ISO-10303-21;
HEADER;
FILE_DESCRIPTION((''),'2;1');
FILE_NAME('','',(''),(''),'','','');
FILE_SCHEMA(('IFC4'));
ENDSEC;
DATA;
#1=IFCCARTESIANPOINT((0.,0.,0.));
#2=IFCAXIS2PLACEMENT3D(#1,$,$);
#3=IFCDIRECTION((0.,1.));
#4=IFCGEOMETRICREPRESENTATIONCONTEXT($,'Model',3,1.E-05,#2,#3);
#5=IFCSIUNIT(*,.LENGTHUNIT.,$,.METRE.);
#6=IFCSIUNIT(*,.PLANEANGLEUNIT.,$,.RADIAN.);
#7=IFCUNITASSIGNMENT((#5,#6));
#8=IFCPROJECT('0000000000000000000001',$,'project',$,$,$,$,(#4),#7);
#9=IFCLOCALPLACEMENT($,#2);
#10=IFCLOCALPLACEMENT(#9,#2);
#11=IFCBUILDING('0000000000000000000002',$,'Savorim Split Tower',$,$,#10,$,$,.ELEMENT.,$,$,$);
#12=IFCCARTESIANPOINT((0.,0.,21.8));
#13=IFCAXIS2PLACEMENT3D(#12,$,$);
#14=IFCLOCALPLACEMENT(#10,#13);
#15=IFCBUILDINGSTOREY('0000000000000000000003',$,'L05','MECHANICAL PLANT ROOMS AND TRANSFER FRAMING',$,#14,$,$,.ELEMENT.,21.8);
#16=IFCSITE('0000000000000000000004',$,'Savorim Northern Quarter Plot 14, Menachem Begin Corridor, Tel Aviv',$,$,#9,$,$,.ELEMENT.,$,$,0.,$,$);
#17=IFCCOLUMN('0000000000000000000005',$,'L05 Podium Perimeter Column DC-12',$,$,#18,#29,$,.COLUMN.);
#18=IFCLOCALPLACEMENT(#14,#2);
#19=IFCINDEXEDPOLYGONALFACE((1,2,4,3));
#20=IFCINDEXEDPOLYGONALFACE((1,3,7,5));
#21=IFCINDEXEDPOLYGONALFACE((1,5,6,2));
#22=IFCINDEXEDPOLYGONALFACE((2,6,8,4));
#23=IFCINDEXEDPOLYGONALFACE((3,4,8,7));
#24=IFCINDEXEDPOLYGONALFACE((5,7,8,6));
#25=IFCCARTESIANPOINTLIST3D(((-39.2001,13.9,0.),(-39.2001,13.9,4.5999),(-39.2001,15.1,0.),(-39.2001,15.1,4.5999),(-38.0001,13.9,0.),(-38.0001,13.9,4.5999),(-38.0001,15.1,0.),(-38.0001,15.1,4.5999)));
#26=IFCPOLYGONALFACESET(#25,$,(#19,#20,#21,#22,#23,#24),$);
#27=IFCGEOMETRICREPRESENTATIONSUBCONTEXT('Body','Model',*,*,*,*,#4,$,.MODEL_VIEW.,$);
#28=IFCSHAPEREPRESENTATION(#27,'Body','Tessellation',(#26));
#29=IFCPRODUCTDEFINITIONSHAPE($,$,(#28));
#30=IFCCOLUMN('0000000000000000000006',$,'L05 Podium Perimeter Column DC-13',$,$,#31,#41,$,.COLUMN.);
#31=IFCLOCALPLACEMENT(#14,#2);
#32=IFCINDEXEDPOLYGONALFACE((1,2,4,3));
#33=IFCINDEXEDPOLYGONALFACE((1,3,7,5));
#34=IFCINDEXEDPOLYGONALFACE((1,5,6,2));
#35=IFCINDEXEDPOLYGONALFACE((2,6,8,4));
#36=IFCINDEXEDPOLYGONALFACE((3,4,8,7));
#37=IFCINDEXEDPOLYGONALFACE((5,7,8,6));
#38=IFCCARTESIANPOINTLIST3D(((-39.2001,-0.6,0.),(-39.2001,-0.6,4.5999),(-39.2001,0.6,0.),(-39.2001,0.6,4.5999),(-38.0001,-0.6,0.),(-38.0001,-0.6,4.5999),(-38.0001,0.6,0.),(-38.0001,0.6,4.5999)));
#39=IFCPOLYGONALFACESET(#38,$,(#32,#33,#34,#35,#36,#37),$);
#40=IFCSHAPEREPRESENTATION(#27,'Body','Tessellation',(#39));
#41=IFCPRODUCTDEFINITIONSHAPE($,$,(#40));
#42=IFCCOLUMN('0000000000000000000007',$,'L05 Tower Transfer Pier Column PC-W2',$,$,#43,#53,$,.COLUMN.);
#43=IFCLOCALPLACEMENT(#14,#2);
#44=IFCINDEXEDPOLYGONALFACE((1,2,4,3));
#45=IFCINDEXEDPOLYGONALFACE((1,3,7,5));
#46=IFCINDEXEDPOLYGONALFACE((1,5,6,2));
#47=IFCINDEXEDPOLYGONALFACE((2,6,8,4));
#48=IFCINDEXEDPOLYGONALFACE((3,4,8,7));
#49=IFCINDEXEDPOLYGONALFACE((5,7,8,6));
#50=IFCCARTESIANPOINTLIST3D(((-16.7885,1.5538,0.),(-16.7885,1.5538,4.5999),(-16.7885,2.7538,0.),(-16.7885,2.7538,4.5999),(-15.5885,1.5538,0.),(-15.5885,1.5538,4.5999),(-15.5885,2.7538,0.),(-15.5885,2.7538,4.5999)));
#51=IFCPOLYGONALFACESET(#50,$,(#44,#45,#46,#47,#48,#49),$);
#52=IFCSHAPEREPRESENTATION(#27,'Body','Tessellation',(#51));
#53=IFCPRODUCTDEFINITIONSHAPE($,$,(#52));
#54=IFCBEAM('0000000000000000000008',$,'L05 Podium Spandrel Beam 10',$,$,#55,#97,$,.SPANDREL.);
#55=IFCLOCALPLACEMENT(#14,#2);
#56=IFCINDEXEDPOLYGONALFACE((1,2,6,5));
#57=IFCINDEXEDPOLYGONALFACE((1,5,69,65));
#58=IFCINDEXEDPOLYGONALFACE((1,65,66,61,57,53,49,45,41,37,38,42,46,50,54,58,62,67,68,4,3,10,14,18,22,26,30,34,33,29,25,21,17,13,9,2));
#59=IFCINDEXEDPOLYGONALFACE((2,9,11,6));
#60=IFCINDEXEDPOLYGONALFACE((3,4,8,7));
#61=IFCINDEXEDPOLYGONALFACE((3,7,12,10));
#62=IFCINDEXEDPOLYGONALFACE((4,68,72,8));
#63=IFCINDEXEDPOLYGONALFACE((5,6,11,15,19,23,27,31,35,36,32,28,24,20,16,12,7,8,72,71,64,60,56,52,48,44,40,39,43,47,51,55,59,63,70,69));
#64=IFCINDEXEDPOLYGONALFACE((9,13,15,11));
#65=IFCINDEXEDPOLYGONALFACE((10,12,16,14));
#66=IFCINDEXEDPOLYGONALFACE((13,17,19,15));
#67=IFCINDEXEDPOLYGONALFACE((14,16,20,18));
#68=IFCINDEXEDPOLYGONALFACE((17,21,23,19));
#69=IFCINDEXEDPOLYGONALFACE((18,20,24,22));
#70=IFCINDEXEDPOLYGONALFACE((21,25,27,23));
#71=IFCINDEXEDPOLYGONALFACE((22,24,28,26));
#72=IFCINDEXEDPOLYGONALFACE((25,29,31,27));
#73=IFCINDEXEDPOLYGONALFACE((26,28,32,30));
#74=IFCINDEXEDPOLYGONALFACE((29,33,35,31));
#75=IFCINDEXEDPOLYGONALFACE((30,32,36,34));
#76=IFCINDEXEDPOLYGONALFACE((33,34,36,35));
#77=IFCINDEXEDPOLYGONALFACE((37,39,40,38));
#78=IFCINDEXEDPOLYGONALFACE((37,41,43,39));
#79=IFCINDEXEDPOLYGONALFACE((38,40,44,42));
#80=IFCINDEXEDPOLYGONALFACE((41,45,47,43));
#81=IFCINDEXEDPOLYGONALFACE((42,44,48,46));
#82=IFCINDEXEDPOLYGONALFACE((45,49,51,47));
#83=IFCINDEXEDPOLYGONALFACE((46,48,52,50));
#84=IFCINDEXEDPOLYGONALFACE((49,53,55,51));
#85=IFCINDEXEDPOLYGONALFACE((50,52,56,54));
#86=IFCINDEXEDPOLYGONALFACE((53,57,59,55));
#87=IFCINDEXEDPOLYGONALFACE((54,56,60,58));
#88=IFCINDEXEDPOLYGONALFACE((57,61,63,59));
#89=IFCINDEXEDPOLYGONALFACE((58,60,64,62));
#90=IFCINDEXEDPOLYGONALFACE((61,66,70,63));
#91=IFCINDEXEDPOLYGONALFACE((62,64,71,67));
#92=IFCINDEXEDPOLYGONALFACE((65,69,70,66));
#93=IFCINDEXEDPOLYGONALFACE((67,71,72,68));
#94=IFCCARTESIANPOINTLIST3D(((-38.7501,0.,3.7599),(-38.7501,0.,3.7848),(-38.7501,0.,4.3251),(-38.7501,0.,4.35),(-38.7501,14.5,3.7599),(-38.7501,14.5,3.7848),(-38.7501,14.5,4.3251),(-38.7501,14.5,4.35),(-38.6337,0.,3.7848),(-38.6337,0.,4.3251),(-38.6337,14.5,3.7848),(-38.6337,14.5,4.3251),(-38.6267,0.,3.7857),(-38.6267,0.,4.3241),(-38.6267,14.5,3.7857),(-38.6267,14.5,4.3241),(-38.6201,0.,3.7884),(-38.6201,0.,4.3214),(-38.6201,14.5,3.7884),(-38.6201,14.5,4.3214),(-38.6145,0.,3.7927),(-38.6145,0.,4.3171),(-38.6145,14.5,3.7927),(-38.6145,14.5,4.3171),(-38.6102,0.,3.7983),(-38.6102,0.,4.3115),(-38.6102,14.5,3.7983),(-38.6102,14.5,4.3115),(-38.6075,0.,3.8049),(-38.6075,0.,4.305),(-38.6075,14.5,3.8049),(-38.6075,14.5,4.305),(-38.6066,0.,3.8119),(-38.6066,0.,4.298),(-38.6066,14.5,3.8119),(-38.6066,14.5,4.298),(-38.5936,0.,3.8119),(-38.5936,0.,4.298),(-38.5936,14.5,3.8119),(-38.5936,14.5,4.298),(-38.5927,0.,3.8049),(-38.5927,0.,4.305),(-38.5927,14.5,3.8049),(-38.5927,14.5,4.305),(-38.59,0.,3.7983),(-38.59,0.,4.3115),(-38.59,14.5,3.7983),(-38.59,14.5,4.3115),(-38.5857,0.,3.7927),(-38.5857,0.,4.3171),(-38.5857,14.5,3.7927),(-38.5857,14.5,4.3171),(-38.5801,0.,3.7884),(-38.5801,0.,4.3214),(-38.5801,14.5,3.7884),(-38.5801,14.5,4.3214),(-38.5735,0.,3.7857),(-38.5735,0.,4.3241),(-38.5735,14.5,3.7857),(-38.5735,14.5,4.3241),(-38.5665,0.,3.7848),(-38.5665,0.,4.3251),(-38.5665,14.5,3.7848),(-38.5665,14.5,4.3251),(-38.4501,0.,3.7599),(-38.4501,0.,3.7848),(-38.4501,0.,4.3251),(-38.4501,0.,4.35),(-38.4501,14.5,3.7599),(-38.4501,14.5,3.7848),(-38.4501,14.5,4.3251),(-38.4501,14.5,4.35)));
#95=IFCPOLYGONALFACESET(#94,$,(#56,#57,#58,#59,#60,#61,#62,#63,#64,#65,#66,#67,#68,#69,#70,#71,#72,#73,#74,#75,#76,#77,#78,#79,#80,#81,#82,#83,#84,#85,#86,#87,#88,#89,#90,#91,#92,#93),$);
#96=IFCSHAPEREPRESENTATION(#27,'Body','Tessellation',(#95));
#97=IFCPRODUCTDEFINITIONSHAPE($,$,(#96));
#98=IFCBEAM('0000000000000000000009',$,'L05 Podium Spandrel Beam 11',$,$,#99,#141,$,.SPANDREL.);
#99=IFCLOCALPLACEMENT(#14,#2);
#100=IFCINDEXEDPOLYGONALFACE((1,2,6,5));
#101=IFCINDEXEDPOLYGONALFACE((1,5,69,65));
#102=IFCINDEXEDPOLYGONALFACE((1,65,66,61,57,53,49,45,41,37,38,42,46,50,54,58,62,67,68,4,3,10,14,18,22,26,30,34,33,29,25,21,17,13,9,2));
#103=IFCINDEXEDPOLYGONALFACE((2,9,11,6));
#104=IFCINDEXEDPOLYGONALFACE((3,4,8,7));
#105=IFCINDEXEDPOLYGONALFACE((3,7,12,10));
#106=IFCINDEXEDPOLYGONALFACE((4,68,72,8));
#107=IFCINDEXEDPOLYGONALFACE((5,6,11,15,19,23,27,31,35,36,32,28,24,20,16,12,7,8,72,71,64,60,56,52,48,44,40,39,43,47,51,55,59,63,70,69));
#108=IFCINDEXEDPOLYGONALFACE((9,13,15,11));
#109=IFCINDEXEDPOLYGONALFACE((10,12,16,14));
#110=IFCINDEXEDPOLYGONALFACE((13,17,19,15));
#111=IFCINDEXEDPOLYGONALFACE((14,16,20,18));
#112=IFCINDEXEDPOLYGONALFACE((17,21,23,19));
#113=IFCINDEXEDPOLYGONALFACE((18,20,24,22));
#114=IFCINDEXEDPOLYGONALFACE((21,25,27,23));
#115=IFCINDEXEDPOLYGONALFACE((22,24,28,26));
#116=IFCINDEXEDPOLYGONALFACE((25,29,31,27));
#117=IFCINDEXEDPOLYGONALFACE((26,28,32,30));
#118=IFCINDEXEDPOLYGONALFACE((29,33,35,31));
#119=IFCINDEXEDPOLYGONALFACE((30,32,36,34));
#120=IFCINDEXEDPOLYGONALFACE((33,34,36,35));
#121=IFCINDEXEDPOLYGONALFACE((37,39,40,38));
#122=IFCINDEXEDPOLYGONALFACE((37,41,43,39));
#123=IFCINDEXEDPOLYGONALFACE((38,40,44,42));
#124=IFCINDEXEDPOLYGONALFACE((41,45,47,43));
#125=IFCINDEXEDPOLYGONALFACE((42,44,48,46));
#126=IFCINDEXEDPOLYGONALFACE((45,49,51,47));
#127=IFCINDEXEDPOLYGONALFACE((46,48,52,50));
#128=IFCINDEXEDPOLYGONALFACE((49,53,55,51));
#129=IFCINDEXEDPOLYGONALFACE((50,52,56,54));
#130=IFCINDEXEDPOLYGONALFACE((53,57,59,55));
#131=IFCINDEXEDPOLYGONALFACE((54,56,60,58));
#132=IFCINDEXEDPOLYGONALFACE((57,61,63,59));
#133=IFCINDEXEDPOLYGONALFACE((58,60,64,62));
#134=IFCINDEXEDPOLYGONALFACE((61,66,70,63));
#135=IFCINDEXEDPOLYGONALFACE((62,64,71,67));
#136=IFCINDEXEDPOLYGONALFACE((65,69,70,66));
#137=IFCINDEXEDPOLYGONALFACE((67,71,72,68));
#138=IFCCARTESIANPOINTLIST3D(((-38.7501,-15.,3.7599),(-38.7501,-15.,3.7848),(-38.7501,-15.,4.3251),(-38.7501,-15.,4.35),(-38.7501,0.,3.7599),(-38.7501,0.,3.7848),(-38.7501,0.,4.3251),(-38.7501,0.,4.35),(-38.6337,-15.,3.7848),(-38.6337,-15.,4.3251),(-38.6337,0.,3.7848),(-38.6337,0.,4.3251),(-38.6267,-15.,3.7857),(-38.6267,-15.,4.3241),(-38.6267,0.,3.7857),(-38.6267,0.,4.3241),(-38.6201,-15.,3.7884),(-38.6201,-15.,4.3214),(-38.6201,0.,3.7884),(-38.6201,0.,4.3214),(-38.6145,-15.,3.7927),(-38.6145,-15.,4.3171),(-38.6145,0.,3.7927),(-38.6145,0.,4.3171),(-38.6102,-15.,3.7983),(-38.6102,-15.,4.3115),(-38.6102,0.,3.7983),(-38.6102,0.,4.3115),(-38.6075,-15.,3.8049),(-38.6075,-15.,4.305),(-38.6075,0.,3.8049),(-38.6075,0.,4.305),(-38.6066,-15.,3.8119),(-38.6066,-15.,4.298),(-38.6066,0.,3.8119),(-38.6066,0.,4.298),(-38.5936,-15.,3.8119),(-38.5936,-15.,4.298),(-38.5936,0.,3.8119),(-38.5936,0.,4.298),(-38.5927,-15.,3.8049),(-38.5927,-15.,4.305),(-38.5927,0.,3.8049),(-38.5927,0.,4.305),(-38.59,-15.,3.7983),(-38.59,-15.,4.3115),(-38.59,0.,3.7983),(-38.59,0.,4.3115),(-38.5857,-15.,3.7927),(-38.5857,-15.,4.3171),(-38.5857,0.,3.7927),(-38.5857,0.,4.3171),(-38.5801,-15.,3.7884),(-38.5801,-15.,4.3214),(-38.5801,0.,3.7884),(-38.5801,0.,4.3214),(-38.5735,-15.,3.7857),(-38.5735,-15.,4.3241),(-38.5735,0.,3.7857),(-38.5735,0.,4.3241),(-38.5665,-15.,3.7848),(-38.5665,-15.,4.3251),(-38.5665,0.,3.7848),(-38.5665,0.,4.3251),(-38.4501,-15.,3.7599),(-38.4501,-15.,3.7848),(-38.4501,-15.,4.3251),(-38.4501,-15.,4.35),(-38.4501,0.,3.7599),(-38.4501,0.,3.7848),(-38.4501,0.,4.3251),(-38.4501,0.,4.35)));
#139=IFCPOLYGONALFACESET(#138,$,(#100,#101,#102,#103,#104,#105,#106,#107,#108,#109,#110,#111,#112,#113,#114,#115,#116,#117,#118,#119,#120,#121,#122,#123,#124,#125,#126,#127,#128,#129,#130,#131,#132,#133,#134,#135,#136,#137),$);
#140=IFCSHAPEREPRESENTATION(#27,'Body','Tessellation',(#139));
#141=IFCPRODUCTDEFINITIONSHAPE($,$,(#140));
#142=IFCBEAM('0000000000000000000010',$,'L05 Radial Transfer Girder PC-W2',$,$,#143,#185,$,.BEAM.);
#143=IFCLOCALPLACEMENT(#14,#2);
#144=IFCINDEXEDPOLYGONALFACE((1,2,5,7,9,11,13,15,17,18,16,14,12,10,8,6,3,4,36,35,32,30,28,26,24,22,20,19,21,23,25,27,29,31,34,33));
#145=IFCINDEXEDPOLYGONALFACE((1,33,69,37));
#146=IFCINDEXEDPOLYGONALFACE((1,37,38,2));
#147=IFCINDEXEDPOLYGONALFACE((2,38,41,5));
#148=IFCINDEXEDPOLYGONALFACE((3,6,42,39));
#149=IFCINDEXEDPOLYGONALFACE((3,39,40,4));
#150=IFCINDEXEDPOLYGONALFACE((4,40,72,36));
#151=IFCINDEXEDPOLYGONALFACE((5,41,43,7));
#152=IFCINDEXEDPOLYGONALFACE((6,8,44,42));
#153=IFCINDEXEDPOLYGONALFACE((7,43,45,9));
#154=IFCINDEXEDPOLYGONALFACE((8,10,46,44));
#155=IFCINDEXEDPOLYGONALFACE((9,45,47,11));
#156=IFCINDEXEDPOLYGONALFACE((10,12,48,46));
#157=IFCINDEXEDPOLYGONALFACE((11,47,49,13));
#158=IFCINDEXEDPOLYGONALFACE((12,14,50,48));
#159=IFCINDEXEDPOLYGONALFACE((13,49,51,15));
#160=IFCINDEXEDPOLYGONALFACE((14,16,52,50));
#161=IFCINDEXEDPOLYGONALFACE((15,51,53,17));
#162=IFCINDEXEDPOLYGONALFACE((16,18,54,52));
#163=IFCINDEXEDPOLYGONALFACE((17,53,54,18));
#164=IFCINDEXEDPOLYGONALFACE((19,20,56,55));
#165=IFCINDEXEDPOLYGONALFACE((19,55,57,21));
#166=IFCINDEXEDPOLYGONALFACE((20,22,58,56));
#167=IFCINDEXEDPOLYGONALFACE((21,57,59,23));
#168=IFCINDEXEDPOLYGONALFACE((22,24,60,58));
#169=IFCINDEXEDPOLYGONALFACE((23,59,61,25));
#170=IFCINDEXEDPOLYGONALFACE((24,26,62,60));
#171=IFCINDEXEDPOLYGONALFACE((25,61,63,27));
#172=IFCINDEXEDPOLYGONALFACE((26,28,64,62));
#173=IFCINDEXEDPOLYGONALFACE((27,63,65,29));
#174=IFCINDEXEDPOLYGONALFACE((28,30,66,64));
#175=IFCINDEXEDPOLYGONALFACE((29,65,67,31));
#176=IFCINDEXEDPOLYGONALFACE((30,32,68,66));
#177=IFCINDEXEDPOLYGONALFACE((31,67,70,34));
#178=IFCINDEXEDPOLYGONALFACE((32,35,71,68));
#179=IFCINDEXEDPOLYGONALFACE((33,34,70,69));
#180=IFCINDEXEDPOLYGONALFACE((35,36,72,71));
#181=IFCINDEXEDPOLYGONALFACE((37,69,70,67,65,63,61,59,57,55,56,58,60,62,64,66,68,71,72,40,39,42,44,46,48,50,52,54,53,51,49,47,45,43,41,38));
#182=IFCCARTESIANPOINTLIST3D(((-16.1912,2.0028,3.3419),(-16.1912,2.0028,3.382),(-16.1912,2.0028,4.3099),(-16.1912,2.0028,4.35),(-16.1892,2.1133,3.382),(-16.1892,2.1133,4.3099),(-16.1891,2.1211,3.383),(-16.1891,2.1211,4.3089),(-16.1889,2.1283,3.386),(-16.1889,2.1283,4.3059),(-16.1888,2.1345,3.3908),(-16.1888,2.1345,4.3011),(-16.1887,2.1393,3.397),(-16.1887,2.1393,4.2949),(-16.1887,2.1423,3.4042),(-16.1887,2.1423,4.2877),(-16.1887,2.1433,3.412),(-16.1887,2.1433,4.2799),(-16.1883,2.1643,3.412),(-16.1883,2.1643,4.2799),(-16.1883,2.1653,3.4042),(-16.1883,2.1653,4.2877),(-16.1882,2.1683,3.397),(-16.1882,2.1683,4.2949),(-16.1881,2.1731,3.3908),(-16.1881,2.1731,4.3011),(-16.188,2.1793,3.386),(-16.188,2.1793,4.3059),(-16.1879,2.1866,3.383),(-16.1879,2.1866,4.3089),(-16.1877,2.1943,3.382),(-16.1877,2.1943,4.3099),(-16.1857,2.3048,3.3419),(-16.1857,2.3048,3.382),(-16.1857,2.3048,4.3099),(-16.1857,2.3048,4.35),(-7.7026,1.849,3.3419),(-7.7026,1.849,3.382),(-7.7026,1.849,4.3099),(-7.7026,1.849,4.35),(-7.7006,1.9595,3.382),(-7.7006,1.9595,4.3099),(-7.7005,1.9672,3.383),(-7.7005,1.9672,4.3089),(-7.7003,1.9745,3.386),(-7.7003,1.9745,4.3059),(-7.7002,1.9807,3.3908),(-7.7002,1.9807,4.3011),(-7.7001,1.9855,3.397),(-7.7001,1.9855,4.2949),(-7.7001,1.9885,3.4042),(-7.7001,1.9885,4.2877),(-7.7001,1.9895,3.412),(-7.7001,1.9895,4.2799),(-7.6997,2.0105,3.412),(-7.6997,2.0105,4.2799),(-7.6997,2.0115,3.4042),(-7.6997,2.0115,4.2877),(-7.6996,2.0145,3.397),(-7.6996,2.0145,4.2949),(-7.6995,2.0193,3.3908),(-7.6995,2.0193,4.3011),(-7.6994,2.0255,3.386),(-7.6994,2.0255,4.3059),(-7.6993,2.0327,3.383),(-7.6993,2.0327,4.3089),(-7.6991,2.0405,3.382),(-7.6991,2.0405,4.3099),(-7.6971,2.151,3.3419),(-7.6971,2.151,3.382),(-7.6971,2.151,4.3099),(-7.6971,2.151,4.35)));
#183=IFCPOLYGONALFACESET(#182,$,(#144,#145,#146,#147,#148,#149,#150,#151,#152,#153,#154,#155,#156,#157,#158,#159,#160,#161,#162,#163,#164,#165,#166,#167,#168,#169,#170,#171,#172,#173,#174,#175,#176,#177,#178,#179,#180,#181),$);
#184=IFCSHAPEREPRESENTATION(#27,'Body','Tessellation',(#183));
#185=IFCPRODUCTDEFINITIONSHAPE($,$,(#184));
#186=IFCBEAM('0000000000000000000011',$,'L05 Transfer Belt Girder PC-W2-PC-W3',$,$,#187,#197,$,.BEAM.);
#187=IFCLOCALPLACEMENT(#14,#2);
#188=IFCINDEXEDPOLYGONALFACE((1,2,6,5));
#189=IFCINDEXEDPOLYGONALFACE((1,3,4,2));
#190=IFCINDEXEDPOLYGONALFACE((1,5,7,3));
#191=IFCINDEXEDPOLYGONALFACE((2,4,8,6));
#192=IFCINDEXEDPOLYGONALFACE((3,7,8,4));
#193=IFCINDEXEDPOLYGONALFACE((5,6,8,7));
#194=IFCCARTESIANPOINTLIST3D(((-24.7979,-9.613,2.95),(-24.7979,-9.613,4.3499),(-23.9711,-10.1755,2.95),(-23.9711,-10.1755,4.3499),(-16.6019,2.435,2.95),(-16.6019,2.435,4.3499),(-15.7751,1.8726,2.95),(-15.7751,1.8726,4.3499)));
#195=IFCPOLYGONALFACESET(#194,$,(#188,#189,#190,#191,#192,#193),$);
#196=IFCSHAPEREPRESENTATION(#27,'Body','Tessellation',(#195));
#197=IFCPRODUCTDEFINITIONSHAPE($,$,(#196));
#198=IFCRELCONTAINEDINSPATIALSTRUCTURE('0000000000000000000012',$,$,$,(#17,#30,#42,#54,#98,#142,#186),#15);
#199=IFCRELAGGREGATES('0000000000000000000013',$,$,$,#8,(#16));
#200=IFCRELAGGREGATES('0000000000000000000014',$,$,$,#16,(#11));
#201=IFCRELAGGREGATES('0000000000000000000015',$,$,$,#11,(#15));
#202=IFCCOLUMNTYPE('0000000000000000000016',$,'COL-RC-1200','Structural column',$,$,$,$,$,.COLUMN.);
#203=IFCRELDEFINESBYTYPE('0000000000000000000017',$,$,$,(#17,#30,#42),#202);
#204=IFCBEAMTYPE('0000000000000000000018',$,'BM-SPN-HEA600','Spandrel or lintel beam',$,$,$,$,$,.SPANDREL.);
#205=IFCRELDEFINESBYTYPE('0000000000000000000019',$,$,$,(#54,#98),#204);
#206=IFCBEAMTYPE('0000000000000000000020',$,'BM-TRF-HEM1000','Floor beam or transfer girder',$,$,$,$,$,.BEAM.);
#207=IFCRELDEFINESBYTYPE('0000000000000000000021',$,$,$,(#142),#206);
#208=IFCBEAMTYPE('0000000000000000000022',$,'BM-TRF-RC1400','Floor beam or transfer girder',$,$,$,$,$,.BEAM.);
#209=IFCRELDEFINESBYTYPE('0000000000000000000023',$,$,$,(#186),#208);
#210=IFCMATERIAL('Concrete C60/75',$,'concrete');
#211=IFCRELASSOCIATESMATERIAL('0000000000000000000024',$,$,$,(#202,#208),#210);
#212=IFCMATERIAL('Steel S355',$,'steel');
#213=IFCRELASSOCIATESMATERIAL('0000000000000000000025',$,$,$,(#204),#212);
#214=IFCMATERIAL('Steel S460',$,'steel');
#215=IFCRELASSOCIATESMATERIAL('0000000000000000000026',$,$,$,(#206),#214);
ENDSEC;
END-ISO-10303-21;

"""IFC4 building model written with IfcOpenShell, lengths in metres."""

from ifc_helpers import new_model, si_unit, direction, frame, origin, origin_2d, place, context, subcontext, project, spatial, rectangle, i_section, extrude, material, material_profile, profile_set, type_object, element, save


model = new_model("IFC4")

# Units and contexts
model_context = context("Model", 3, precision=1e-05, world=origin(), true_north=direction((0.0, 1.0)))
body_context = subcontext(model_context, "Body", "Model", "MODEL_VIEW")
ifc_project = project(units=[si_unit("LENGTHUNIT", "METRE"), si_unit("PLANEANGLEUNIT", "RADIAN")], contexts=[model_context])

# Site, building, storey
site_placement = place(None, origin())
site = spatial("IfcSite", under=ifc_project, at=site_placement, Name="Savorim Northern Quarter Plot 14, Menachem Begin Corridor, Tel Aviv", CompositionType="ELEMENT", RefElevation=0.0)
building_placement = place(site_placement, origin())
building = spatial("IfcBuilding", under=site, at=building_placement, Name="Savorim Split Tower", CompositionType="ELEMENT")
storey_placement = place(building_placement, frame((0.0, 0.0, 21.8)))
storey = spatial("IfcBuildingStorey", under=building, at=storey_placement, Name="L05", Description="MECHANICAL PLANT ROOMS AND TRANSFER FRAMING", CompositionType="ELEMENT", Elevation=21.8)

# Columns
ifc_material_1 = material(Name="Concrete C60/75", Category="concrete")
ifc_material_profile_1 = material_profile(ifc_material_1, rectangle(XDim=1.2, YDim=1.2, at=origin_2d()), Name="RC 1200x1200")
ifc_profile_set_1 = profile_set([ifc_material_profile_1], Name="Concrete C60/75")
column_type = type_object("IfcColumnType", Name="COL-RC-1200", Description="Structural column", PredefinedType="COLUMN", material=ifc_profile_set_1)
for number, where, z_axis, x_axis, name in (
    (1, (-38.6001, 14.5, 0.0), (0.0, 0.0, 1.0), (1.0, 0.0, 0.0), "L05 Podium Perimeter Column DC-12"),
    (2, (-38.6001, 0.0, 0.0), (0.0, 0.0, 1.0), (1.0, 0.0, 0.0), "L05 Podium Perimeter Column DC-13"),
    (3, (-16.1885, 2.1538, 0.0), (0.0, 0.0, 1.0), (1.0, 0.0, 0.0), "L05 Tower Transfer Pier Column PC-W2"),
):
    element("IfcColumn", number, at=place(storey_placement, frame(where, z_axis=z_axis, x_axis=x_axis)), inside=storey, type_object=column_type, Name=name, PredefinedType="COLUMN", context=body_context, shape_type="SweptSolid", body=[
        extrude(rectangle(XDim=1.2, YDim=1.2, at=origin_2d()), origin(), (0.0, 0.0, 1.0), 4.5999),
    ])

# Beams
ifc_material_2 = material(Name="Steel S355", Category="steel")
ifc_material_profile_2 = material_profile(ifc_material_2, i_section(OverallWidth=0.3, OverallDepth=0.5901, WebThickness=0.0129, FlangeThickness=0.0249, FilletRadius=0.0271, at=origin_2d()), Name="HEA 600")
ifc_profile_set_2 = profile_set([ifc_material_profile_2], Name="Steel S355")
beam_type_1 = type_object("IfcBeamType", Name="BM-SPN-HEA600", Description="Spandrel or lintel beam", PredefinedType="SPANDREL", material=ifc_profile_set_2)
beam_1_placement = place(storey_placement, frame((-38.6001, 14.5, 4.0549), z_axis=(0.0, -1.0, 0.0), x_axis=(1.0, 0.0, 0.0)))
element("IfcBeam", 4, at=beam_1_placement, inside=storey, type_object=beam_type_1, Name="L05 Podium Spandrel Beam 10", PredefinedType="SPANDREL", context=body_context, shape_type="SweptSolid", body=[
    extrude(i_section(OverallWidth=0.3, OverallDepth=0.5901, WebThickness=0.0129, FlangeThickness=0.0249, FilletRadius=0.0271, at=origin_2d()), origin(), (0.0, 0.0, 1.0), 14.5),
])
beam_2_placement = place(storey_placement, frame((-38.6001, 0.0, 4.0549), z_axis=(0.0, -1.0, 0.0), x_axis=(1.0, 0.0, 0.0)))
element("IfcBeam", 5, at=beam_2_placement, inside=storey, type_object=beam_type_1, Name="L05 Podium Spandrel Beam 11", PredefinedType="SPANDREL", context=body_context, shape_type="SweptSolid", body=[
    extrude(i_section(OverallWidth=0.3, OverallDepth=0.5901, WebThickness=0.0129, FlangeThickness=0.0249, FilletRadius=0.0271, at=origin_2d()), origin(), (0.0, 0.0, 1.0), 15.0),
])
ifc_material_3 = material(Name="Steel S460", Category="steel")
ifc_material_profile_3 = material_profile(ifc_material_3, i_section(OverallWidth=0.302, OverallDepth=1.0081, WebThickness=0.021, FlangeThickness=0.04, FilletRadius=0.03, at=origin_2d()), Name="HE 1000 M")
ifc_profile_set_3 = profile_set([ifc_material_profile_3], Name="Steel S460")
beam_type_2 = type_object("IfcBeamType", Name="BM-TRF-HEM1000", Description="Floor beam or transfer girder", PredefinedType="BEAM", material=ifc_profile_set_3)
beam_3_placement = place(storey_placement, frame((-16.1885, 2.1538, 3.8459), z_axis=(0.999836, -0.018117, 0.0), x_axis=(0.018117, 0.999836, 0.0)))
element("IfcBeam", 6, at=beam_3_placement, inside=storey, type_object=beam_type_2, Name="L05 Radial Transfer Girder PC-W2", PredefinedType="BEAM", context=body_context, shape_type="SweptSolid", body=[
    extrude(i_section(OverallWidth=0.302, OverallDepth=1.0081, WebThickness=0.021, FlangeThickness=0.04, FilletRadius=0.03, at=origin_2d()), origin(), (0.0, 0.0, 1.0), 8.49),
])
ifc_material_profile_4 = material_profile(ifc_material_1, rectangle(XDim=1.0, YDim=1.3999, at=origin_2d()), Name="RC 1000x1400")
ifc_profile_set_4 = profile_set([ifc_material_profile_4], Name="Concrete C60/75")
beam_type_3 = type_object("IfcBeamType", Name="BM-TRF-RC1400", Description="Floor beam or transfer girder", PredefinedType="BEAM", material=ifc_profile_set_4)
beam_4_placement = place(storey_placement, frame((-16.1885, 2.1538, 3.6499), z_axis=(-0.562467, -0.82682, 0.0), x_axis=(0.82682, -0.562467, 0.0)))
element("IfcBeam", 7, at=beam_4_placement, inside=storey, type_object=beam_type_3, Name="L05 Transfer Belt Girder PC-W2-PC-W3", PredefinedType="BEAM", context=body_context, shape_type="SweptSolid", body=[
    extrude(rectangle(XDim=1.0, YDim=1.3999, at=origin_2d()), origin(), (0.0, 0.0, 1.0), 14.5715),
])

save(model, "model.ifc")
